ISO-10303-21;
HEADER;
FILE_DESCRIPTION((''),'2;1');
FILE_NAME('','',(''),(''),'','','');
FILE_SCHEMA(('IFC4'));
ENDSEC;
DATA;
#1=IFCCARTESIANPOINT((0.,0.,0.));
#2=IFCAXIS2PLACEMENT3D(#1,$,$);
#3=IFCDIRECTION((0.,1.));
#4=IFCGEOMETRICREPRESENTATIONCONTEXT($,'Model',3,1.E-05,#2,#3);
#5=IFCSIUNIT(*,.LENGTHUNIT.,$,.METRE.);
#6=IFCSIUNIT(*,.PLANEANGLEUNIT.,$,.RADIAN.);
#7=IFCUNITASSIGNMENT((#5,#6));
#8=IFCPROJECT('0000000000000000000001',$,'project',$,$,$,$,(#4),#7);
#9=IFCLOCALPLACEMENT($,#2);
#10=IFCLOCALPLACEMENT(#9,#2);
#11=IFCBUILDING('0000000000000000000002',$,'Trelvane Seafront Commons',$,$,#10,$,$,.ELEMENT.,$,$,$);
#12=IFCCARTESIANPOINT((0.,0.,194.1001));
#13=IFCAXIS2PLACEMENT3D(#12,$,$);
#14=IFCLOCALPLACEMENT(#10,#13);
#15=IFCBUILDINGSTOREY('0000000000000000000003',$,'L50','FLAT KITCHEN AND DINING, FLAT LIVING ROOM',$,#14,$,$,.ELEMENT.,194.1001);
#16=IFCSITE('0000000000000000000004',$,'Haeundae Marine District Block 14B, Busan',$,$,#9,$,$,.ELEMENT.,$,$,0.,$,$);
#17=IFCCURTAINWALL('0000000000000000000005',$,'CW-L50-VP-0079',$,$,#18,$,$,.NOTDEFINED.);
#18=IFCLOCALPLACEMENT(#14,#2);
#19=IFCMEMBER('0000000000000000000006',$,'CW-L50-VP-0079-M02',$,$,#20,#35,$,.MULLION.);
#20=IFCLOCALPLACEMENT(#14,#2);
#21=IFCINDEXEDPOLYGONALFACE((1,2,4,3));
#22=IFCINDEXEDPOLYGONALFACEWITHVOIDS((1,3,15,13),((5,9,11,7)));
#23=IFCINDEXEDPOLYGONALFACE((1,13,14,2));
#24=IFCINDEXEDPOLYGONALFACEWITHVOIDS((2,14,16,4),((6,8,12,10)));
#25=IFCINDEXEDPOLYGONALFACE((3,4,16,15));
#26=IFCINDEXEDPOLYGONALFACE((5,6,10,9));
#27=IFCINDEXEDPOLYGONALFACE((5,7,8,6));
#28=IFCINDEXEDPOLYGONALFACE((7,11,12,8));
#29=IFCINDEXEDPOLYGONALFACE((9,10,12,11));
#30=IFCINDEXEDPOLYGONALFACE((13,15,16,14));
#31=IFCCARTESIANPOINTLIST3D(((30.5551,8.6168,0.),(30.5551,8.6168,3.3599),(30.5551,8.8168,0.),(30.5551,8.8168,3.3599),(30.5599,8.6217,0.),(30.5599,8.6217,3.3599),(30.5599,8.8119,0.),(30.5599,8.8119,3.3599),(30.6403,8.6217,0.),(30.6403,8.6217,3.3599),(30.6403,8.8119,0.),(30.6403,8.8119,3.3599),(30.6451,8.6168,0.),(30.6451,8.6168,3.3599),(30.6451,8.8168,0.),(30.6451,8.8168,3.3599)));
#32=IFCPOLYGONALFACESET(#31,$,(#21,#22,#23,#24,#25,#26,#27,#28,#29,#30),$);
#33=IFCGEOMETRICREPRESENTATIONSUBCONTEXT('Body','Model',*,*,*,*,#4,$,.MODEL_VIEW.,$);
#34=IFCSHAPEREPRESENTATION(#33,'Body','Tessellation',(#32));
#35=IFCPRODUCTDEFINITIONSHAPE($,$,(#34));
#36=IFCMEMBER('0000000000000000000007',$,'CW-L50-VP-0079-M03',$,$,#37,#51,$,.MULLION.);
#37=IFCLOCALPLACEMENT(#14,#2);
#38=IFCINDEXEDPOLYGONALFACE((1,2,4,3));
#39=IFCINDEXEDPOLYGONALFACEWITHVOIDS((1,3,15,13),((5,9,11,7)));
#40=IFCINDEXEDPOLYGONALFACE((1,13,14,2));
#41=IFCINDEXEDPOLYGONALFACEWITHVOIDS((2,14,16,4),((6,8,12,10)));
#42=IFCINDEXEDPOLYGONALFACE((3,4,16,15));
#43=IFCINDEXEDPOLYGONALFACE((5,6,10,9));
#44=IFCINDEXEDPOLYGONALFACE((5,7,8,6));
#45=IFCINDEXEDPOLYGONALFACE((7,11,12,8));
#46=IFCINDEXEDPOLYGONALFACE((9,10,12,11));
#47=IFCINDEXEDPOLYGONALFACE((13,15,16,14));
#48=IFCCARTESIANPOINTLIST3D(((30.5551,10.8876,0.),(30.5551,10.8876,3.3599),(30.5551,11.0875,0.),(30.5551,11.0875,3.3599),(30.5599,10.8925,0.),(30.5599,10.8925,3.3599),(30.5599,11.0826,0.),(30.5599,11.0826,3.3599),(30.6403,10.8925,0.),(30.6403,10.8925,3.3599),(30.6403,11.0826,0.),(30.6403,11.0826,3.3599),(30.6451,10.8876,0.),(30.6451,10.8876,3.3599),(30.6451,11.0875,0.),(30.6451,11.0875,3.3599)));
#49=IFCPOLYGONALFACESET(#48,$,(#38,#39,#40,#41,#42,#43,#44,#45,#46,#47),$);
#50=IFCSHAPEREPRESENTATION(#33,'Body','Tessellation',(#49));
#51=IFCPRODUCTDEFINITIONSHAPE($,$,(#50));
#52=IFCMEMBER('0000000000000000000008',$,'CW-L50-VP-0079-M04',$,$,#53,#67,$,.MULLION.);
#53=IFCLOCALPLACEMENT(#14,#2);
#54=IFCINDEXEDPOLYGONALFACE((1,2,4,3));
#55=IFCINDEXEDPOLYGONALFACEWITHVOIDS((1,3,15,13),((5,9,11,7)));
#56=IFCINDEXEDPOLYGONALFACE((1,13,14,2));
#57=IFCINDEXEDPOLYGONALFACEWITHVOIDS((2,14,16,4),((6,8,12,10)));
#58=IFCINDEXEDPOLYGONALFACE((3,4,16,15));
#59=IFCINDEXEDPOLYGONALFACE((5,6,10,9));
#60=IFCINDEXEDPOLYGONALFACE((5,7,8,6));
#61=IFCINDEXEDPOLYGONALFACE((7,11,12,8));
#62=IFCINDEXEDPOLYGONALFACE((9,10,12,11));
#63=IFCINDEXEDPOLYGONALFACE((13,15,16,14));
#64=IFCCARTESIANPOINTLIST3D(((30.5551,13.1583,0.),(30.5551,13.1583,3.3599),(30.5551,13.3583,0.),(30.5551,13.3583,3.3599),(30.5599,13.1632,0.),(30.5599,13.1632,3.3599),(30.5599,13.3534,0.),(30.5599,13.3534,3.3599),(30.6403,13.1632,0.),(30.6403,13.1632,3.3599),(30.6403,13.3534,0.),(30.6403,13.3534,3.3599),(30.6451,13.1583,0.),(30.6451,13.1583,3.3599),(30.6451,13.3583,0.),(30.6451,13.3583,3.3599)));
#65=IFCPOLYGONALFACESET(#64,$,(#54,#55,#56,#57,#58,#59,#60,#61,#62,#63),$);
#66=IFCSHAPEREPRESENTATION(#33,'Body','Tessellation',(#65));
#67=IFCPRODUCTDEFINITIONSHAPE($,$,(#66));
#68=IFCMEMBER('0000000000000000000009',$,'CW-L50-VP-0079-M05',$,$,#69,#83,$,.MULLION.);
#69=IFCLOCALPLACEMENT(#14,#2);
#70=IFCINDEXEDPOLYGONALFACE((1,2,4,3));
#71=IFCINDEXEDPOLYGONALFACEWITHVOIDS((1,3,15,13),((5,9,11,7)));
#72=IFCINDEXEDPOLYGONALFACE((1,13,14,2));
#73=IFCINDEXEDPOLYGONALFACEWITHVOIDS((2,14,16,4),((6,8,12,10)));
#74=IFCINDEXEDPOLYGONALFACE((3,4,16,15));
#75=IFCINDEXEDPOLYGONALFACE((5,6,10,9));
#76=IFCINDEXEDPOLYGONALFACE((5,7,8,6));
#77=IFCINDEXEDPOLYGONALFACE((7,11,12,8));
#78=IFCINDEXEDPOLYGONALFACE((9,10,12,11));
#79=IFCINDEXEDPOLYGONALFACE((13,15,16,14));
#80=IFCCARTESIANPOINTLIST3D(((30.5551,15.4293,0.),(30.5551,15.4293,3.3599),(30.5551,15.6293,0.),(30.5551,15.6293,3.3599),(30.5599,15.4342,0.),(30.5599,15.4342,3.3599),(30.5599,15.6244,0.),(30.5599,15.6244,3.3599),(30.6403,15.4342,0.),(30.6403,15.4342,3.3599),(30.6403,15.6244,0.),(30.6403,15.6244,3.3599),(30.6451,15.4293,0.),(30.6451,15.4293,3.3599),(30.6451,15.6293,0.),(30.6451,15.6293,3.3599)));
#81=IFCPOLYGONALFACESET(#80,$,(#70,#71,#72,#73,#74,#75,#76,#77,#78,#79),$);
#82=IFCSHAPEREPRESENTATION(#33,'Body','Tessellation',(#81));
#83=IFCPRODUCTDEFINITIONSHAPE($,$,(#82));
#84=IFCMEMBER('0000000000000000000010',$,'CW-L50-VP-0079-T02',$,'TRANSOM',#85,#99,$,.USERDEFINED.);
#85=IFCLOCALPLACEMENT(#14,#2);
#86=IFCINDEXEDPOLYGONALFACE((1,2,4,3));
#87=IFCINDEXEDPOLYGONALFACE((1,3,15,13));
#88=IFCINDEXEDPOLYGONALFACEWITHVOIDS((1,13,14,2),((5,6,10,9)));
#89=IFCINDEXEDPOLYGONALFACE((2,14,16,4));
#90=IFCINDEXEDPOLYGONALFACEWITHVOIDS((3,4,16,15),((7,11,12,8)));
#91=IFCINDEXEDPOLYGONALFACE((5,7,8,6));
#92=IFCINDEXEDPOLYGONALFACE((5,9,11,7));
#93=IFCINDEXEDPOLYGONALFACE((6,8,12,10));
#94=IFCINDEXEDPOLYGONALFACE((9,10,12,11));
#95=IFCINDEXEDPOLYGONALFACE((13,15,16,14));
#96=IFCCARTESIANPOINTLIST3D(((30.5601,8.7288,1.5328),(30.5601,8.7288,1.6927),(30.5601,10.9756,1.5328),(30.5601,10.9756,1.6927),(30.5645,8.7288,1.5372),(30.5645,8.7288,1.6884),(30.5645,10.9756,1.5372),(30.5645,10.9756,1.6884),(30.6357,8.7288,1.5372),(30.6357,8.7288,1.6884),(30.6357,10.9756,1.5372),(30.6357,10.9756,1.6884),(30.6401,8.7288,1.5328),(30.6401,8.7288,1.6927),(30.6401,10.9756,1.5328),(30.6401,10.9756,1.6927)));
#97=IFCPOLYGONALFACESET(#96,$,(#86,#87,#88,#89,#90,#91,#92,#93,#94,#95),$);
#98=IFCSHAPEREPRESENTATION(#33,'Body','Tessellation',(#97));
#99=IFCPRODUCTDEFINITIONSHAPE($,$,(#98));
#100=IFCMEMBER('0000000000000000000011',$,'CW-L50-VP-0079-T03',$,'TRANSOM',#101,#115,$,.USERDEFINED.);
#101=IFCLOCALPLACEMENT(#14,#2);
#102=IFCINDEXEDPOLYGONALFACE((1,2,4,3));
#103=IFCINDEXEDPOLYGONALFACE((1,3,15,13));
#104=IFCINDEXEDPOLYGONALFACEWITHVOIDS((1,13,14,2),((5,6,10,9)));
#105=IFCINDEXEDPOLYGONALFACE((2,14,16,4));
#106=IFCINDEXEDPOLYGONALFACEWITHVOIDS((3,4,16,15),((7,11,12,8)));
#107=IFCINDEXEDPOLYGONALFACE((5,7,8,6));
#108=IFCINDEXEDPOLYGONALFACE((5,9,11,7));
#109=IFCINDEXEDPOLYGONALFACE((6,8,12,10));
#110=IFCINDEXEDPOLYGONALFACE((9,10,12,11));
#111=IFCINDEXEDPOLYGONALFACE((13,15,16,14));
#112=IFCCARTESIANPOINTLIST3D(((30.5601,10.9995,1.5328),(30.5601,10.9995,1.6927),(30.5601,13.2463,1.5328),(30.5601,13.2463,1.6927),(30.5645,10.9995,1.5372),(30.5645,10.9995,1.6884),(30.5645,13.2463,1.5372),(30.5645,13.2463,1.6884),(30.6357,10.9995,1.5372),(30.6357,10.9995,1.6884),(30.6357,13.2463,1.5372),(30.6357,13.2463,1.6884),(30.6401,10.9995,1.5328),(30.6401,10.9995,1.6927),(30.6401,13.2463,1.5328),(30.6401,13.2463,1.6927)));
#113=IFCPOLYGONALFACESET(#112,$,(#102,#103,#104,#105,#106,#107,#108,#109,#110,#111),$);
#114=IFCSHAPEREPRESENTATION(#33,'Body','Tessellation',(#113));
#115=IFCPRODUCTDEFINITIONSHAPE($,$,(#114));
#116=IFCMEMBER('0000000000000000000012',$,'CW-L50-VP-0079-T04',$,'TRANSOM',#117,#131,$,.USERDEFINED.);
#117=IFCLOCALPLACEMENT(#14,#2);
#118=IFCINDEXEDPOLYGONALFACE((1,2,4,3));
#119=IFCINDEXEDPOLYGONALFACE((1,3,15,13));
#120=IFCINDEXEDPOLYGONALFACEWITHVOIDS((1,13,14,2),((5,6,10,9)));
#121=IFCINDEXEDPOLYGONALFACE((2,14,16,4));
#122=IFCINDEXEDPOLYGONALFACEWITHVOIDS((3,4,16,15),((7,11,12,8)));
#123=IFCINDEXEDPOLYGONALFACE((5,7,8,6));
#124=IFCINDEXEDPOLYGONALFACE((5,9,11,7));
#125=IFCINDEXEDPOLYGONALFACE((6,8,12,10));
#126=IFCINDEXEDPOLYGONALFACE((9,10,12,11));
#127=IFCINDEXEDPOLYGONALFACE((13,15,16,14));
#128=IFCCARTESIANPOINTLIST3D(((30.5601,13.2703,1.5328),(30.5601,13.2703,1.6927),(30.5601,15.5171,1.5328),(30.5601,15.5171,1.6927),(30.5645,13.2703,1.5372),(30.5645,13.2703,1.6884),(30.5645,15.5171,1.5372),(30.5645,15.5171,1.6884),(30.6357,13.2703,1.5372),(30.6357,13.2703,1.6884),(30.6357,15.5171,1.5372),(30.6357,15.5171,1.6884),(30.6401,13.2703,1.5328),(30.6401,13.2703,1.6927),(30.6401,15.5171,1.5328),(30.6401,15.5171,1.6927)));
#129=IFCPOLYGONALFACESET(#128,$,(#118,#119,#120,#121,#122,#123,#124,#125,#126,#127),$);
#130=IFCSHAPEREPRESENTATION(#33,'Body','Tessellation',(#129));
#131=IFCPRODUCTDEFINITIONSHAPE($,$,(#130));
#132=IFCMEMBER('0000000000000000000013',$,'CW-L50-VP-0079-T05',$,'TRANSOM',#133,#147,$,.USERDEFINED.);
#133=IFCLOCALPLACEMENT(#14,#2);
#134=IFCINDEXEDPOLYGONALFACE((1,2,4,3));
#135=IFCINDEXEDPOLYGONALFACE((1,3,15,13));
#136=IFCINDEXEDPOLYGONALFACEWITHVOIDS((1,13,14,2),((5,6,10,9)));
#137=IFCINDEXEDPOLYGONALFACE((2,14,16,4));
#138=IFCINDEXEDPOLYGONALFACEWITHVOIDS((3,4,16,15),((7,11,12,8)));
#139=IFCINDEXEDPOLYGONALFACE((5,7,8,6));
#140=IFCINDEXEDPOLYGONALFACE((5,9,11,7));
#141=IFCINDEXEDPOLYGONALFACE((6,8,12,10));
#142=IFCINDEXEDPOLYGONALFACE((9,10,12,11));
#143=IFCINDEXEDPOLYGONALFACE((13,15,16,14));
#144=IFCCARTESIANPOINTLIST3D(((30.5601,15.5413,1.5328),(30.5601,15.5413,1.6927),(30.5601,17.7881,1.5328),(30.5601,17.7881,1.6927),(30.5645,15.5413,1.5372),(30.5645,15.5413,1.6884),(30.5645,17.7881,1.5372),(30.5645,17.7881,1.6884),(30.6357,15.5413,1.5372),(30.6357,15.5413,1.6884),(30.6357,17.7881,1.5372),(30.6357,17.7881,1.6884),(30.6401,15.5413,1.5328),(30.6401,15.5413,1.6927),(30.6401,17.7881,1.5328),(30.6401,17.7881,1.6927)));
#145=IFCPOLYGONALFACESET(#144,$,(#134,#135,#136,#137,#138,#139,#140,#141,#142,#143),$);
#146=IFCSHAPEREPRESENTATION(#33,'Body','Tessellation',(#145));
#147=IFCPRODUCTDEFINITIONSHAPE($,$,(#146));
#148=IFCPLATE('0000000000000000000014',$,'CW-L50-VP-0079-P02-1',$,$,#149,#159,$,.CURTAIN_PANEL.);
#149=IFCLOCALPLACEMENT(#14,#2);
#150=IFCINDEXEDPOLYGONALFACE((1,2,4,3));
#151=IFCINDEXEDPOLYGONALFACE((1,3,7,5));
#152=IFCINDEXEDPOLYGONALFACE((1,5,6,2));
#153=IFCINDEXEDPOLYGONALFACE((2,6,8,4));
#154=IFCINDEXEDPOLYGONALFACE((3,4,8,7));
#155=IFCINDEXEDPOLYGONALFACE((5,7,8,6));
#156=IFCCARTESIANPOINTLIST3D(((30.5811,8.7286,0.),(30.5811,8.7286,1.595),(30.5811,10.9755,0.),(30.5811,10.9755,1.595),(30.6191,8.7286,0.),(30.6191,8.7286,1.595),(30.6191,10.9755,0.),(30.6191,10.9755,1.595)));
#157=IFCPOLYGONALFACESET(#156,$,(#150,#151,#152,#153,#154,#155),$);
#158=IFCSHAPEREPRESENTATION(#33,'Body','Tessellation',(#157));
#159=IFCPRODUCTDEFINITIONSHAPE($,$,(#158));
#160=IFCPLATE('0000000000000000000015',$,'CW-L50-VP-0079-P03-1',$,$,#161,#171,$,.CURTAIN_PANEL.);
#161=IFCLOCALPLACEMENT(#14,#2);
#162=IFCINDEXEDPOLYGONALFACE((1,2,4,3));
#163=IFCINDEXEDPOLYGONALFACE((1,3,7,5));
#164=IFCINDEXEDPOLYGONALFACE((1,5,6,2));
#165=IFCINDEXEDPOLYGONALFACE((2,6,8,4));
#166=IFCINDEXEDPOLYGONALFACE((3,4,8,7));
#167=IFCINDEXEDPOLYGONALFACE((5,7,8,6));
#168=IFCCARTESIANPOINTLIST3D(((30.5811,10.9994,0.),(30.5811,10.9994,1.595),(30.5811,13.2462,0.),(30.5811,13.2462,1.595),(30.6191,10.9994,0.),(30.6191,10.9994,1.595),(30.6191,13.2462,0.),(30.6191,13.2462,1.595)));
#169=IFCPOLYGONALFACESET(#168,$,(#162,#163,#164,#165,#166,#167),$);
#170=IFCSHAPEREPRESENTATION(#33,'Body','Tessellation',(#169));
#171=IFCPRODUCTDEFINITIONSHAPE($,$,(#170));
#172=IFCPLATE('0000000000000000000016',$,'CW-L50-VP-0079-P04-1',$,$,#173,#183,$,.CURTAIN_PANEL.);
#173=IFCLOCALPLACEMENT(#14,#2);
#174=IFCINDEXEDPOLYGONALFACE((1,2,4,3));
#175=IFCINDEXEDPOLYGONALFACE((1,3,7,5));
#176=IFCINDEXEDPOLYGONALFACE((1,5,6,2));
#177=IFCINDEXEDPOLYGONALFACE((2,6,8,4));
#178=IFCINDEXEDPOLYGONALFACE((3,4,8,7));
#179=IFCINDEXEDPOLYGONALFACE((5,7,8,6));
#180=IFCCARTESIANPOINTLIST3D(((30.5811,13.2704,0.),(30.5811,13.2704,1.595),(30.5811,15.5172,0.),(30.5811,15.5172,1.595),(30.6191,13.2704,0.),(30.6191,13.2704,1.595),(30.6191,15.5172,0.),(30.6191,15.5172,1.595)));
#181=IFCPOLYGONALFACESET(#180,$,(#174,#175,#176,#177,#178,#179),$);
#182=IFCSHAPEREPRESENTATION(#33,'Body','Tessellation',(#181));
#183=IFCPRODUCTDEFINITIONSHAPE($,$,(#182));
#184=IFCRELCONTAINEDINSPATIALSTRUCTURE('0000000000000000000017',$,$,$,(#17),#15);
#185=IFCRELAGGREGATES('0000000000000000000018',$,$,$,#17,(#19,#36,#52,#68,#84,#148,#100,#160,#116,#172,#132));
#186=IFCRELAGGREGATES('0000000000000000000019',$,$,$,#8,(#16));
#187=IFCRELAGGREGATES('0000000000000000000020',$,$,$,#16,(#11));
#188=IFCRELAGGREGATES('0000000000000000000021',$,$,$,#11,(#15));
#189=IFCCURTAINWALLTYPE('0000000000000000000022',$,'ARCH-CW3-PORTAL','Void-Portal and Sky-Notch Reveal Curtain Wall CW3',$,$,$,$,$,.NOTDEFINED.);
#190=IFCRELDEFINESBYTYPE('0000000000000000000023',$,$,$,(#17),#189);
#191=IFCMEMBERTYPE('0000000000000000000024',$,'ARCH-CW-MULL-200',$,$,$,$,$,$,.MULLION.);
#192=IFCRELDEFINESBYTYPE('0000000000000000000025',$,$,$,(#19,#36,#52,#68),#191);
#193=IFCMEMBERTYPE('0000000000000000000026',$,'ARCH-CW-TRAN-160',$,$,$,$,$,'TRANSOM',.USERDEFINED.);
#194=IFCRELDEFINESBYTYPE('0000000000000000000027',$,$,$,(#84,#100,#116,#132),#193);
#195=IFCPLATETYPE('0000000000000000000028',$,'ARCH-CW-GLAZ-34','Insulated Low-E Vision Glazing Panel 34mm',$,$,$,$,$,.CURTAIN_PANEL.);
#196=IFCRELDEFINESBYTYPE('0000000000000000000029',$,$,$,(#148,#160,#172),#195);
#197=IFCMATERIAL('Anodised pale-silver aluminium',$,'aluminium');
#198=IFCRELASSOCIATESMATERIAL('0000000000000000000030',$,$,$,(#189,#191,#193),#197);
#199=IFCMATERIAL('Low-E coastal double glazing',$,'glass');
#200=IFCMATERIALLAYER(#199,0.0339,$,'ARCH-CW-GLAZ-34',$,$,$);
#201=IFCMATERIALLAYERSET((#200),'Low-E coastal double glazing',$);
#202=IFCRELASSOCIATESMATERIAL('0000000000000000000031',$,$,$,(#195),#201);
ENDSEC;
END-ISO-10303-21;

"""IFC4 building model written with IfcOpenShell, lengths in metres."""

from ifc_helpers import new_model, si_unit, direction, frame, origin, origin_2d, place, context, subcontext, project, spatial, rectangle, hollow_rectangle, extrude, source, transform, mapped, material, layer, layer_set, material_profile, profile_set, type_object, element, aggregate, save


model = new_model("IFC4")

# Units and contexts
model_context = context("Model", 3, precision=1e-05, world=origin(), true_north=direction((0.0, 1.0)))
body_context = subcontext(model_context, "Body", "Model", "MODEL_VIEW")
ifc_project = project(units=[si_unit("LENGTHUNIT", "METRE"), si_unit("PLANEANGLEUNIT", "RADIAN")], contexts=[model_context])

# Site, building, storey
site_placement = place(None, origin())
site = spatial("IfcSite", under=ifc_project, at=site_placement, Name="Haeundae Marine District Block 14B, Busan", CompositionType="ELEMENT", RefElevation=0.0)
building_placement = place(site_placement, origin())
building = spatial("IfcBuilding", under=site, at=building_placement, Name="Trelvane Seafront Commons", CompositionType="ELEMENT")
storey_placement = place(building_placement, frame((0.0, 0.0, 194.1001)))
storey = spatial("IfcBuildingStorey", under=building, at=storey_placement, Name="L50", Description="FLAT KITCHEN AND DINING, FLAT LIVING ROOM", CompositionType="ELEMENT", Elevation=194.1001)

# Curtain wall, members, plates
ifc_material_1 = material(Name="Anodised pale-silver aluminium", Category="aluminium")
curtain_wall_type = type_object("IfcCurtainWallType", Name="ARCH-CW3-PORTAL", Description="Void-Portal and Sky-Notch Reveal Curtain Wall CW3", PredefinedType="NOTDEFINED", material=ifc_material_1)
curtain_wall_placement = place(storey_placement, origin())
curtain_wall = element("IfcCurtainWall", 1, at=curtain_wall_placement, inside=storey, type_object=curtain_wall_type, Name="CW-L50-VP-0079", PredefinedType="NOTDEFINED")
ifc_material_profile_1 = material_profile(ifc_material_1, hollow_rectangle(XDim=0.0901, YDim=0.2, WallThickness=0.0049, at=origin_2d()), Name="MULL-90x200x5")
ifc_profile_set_1 = profile_set([ifc_material_profile_1], Name="Anodised pale-silver aluminium")
member_type_1 = type_object("IfcMemberType", Name="ARCH-CW-MULL-200", PredefinedType="MULLION", material=ifc_profile_set_1)
shared_shape_1 = source(origin(), body_context, "Body", "SweptSolid", [
    extrude(hollow_rectangle(XDim=0.0901, YDim=0.2, WallThickness=0.0049, at=origin_2d()), origin(), (0.0, 0.0, 1.0), 3.3599),
])
member_1_placement = place(storey_placement, frame((30.6001, 8.7168, 0.0), z_axis=(0.0, 0.0, 1.0), x_axis=(1.0, 0.0, 0.0)))
member_1 = element("IfcMember", 2, at=member_1_placement, type_object=member_type_1, Name="CW-L50-VP-0079-M02", PredefinedType="MULLION", context=body_context, shape_type="MappedRepresentation", body=[
    mapped(shared_shape_1, transform((0.0, 0.0, 0.0), x_axis=(1.0, 0.0, 0.0), y_axis=(0.0, 1.0, 0.0), z_axis=(0.0, 0.0, 1.0), scale=1.0)),
])
member_2_placement = place(storey_placement, frame((30.6001, 10.9875, 0.0), z_axis=(0.0, 0.0, 1.0), x_axis=(1.0, 0.0, 0.0)))
member_2 = element("IfcMember", 3, at=member_2_placement, type_object=member_type_1, Name="CW-L50-VP-0079-M03", PredefinedType="MULLION", context=body_context, shape_type="MappedRepresentation", body=[
    mapped(shared_shape_1, transform((0.0, 0.0, 0.0), x_axis=(1.0, 0.0, 0.0), y_axis=(0.0, 1.0, 0.0), z_axis=(0.0, 0.0, 1.0), scale=1.0)),
])
member_3_placement = place(storey_placement, frame((30.6001, 13.2583, 0.0), z_axis=(0.0, 0.0, 1.0), x_axis=(1.0, 0.0, 0.0)))
member_3 = element("IfcMember", 4, at=member_3_placement, type_object=member_type_1, Name="CW-L50-VP-0079-M04", PredefinedType="MULLION", context=body_context, shape_type="MappedRepresentation", body=[
    mapped(shared_shape_1, transform((0.0, 0.0, 0.0), x_axis=(1.0, 0.0, 0.0), y_axis=(0.0, 1.0, 0.0), z_axis=(0.0, 0.0, 1.0), scale=1.0)),
])
member_4_placement = place(storey_placement, frame((30.6001, 15.5293, 0.0), z_axis=(0.0, 0.0, 1.0), x_axis=(1.0, 0.0, 0.0)))
member_4 = element("IfcMember", 5, at=member_4_placement, type_object=member_type_1, Name="CW-L50-VP-0079-M05", PredefinedType="MULLION", context=body_context, shape_type="MappedRepresentation", body=[
    mapped(shared_shape_1, transform((0.0, 0.0, 0.0), x_axis=(1.0, 0.0, 0.0), y_axis=(0.0, 1.0, 0.0), z_axis=(0.0, 0.0, 1.0), scale=1.0)),
])
ifc_material_profile_2 = material_profile(ifc_material_1, hollow_rectangle(XDim=0.0801, YDim=0.1599, WallThickness=0.0044, at=origin_2d()), Name="TRAN-80x160x4.5")
ifc_profile_set_2 = profile_set([ifc_material_profile_2], Name="Anodised pale-silver aluminium")
member_type_2 = type_object("IfcMemberType", Name="ARCH-CW-TRAN-160", ElementType="TRANSOM", PredefinedType="USERDEFINED", material=ifc_profile_set_2)
shared_shape_2 = source(origin(), body_context, "Body", "SweptSolid", [
    extrude(hollow_rectangle(XDim=0.0801, YDim=0.1599, WallThickness=0.0044, at=origin_2d()), origin(), (0.0, 0.0, 1.0), 2.2468),
])
member_5_placement = place(storey_placement, frame((30.6001, 8.7288, 1.6128), z_axis=(0.0, 1.0, 0.0), x_axis=(-1.0, 0.0, 0.0)))
member_5 = element("IfcMember", 6, at=member_5_placement, type_object=member_type_2, Name="CW-L50-VP-0079-T02", ObjectType="TRANSOM", PredefinedType="USERDEFINED", context=body_context, shape_type="MappedRepresentation", body=[
    mapped(shared_shape_2, transform((0.0, 0.0, 0.0), x_axis=(1.0, 0.0, 0.0), y_axis=(0.0, 1.0, 0.0), z_axis=(0.0, 0.0, 1.0), scale=1.0)),
])
member_6_placement = place(storey_placement, frame((30.6001, 10.9995, 1.6128), z_axis=(0.0, 1.0, 0.0), x_axis=(-1.0, 0.0, 0.0)))
member_6 = element("IfcMember", 7, at=member_6_placement, type_object=member_type_2, Name="CW-L50-VP-0079-T03", ObjectType="TRANSOM", PredefinedType="USERDEFINED", context=body_context, shape_type="MappedRepresentation", body=[
    mapped(shared_shape_2, transform((0.0, 0.0, 0.0), x_axis=(1.0, 0.0, 0.0), y_axis=(0.0, 1.0, 0.0), z_axis=(0.0, 0.0, 1.0), scale=1.0)),
])
member_7_placement = place(storey_placement, frame((30.6001, 13.2703, 1.6128), z_axis=(0.0, 1.0, 0.0), x_axis=(-1.0, 0.0, 0.0)))
member_7 = element("IfcMember", 8, at=member_7_placement, type_object=member_type_2, Name="CW-L50-VP-0079-T04", ObjectType="TRANSOM", PredefinedType="USERDEFINED", context=body_context, shape_type="MappedRepresentation", body=[
    mapped(shared_shape_2, transform((0.0, 0.0, 0.0), x_axis=(1.0, 0.0, 0.0), y_axis=(0.0, 1.0, 0.0), z_axis=(0.0, 0.0, 1.0), scale=1.0)),
])
member_8_placement = place(storey_placement, frame((30.6001, 15.5413, 1.6128), z_axis=(0.0, 1.0, 0.0), x_axis=(-1.0, 0.0, 0.0)))
member_8 = element("IfcMember", 9, at=member_8_placement, type_object=member_type_2, Name="CW-L50-VP-0079-T05", ObjectType="TRANSOM", PredefinedType="USERDEFINED", context=body_context, shape_type="MappedRepresentation", body=[
    mapped(shared_shape_2, transform((0.0, 0.0, 0.0), x_axis=(1.0, 0.0, 0.0), y_axis=(0.0, 1.0, 0.0), z_axis=(0.0, 0.0, 1.0), scale=1.0)),
])
ifc_material_2 = material(Name="Low-E coastal double glazing", Category="glass")
ifc_layer = layer(ifc_material_2, 0.0339, Name="ARCH-CW-GLAZ-34")
ifc_layer_set = layer_set([ifc_layer], Name="Low-E coastal double glazing")
plate_type = type_object("IfcPlateType", Name="ARCH-CW-GLAZ-34", Description="Insulated Low-E Vision Glazing Panel 34mm", PredefinedType="CURTAIN_PANEL", material=ifc_layer_set)
shared_shape_3 = source(origin(), body_context, "Body", "SweptSolid", [
    extrude(rectangle(XDim=2.2468, YDim=0.0381, at=origin_2d()), origin(), (0.0, 0.0, 1.0), 1.595),
])
plate_1_placement = place(storey_placement, frame((30.6001, 9.8521, 0.0), z_axis=(0.0, 0.0, 1.0), x_axis=(0.0, 1.0, 0.0)))
plate_1 = element("IfcPlate", 10, at=plate_1_placement, type_object=plate_type, Name="CW-L50-VP-0079-P02-1", PredefinedType="CURTAIN_PANEL", context=body_context, shape_type="MappedRepresentation", body=[
    mapped(shared_shape_3, transform((0.0, 0.0, 0.0), x_axis=(1.0, 0.0, 0.0), y_axis=(0.0, 1.0, 0.0), z_axis=(0.0, 0.0, 1.0), scale=1.0)),
])
plate_2_placement = place(storey_placement, frame((30.6001, 12.1228, 0.0), z_axis=(0.0, 0.0, 1.0), x_axis=(0.0, 1.0, 0.0)))
plate_2 = element("IfcPlate", 11, at=plate_2_placement, type_object=plate_type, Name="CW-L50-VP-0079-P03-1", PredefinedType="CURTAIN_PANEL", context=body_context, shape_type="MappedRepresentation", body=[
    mapped(shared_shape_3, transform((0.0, 0.0, 0.0), x_axis=(1.0, 0.0, 0.0), y_axis=(0.0, 1.0, 0.0), z_axis=(0.0, 0.0, 1.0), scale=1.0)),
])
plate_3_placement = place(storey_placement, frame((30.6001, 14.3938, 0.0), z_axis=(0.0, 0.0, 1.0), x_axis=(0.0, 1.0, 0.0)))
plate_3 = element("IfcPlate", 12, at=plate_3_placement, type_object=plate_type, Name="CW-L50-VP-0079-P04-1", PredefinedType="CURTAIN_PANEL", context=body_context, shape_type="MappedRepresentation", body=[
    mapped(shared_shape_3, transform((0.0, 0.0, 0.0), x_axis=(1.0, 0.0, 0.0), y_axis=(0.0, 1.0, 0.0), z_axis=(0.0, 0.0, 1.0), scale=1.0)),
])
aggregate(curtain_wall, [member_1, member_2, member_3, member_4, member_5, plate_1, member_6, plate_2, member_7, plate_3, member_8])

save(model, "model.ifc")
